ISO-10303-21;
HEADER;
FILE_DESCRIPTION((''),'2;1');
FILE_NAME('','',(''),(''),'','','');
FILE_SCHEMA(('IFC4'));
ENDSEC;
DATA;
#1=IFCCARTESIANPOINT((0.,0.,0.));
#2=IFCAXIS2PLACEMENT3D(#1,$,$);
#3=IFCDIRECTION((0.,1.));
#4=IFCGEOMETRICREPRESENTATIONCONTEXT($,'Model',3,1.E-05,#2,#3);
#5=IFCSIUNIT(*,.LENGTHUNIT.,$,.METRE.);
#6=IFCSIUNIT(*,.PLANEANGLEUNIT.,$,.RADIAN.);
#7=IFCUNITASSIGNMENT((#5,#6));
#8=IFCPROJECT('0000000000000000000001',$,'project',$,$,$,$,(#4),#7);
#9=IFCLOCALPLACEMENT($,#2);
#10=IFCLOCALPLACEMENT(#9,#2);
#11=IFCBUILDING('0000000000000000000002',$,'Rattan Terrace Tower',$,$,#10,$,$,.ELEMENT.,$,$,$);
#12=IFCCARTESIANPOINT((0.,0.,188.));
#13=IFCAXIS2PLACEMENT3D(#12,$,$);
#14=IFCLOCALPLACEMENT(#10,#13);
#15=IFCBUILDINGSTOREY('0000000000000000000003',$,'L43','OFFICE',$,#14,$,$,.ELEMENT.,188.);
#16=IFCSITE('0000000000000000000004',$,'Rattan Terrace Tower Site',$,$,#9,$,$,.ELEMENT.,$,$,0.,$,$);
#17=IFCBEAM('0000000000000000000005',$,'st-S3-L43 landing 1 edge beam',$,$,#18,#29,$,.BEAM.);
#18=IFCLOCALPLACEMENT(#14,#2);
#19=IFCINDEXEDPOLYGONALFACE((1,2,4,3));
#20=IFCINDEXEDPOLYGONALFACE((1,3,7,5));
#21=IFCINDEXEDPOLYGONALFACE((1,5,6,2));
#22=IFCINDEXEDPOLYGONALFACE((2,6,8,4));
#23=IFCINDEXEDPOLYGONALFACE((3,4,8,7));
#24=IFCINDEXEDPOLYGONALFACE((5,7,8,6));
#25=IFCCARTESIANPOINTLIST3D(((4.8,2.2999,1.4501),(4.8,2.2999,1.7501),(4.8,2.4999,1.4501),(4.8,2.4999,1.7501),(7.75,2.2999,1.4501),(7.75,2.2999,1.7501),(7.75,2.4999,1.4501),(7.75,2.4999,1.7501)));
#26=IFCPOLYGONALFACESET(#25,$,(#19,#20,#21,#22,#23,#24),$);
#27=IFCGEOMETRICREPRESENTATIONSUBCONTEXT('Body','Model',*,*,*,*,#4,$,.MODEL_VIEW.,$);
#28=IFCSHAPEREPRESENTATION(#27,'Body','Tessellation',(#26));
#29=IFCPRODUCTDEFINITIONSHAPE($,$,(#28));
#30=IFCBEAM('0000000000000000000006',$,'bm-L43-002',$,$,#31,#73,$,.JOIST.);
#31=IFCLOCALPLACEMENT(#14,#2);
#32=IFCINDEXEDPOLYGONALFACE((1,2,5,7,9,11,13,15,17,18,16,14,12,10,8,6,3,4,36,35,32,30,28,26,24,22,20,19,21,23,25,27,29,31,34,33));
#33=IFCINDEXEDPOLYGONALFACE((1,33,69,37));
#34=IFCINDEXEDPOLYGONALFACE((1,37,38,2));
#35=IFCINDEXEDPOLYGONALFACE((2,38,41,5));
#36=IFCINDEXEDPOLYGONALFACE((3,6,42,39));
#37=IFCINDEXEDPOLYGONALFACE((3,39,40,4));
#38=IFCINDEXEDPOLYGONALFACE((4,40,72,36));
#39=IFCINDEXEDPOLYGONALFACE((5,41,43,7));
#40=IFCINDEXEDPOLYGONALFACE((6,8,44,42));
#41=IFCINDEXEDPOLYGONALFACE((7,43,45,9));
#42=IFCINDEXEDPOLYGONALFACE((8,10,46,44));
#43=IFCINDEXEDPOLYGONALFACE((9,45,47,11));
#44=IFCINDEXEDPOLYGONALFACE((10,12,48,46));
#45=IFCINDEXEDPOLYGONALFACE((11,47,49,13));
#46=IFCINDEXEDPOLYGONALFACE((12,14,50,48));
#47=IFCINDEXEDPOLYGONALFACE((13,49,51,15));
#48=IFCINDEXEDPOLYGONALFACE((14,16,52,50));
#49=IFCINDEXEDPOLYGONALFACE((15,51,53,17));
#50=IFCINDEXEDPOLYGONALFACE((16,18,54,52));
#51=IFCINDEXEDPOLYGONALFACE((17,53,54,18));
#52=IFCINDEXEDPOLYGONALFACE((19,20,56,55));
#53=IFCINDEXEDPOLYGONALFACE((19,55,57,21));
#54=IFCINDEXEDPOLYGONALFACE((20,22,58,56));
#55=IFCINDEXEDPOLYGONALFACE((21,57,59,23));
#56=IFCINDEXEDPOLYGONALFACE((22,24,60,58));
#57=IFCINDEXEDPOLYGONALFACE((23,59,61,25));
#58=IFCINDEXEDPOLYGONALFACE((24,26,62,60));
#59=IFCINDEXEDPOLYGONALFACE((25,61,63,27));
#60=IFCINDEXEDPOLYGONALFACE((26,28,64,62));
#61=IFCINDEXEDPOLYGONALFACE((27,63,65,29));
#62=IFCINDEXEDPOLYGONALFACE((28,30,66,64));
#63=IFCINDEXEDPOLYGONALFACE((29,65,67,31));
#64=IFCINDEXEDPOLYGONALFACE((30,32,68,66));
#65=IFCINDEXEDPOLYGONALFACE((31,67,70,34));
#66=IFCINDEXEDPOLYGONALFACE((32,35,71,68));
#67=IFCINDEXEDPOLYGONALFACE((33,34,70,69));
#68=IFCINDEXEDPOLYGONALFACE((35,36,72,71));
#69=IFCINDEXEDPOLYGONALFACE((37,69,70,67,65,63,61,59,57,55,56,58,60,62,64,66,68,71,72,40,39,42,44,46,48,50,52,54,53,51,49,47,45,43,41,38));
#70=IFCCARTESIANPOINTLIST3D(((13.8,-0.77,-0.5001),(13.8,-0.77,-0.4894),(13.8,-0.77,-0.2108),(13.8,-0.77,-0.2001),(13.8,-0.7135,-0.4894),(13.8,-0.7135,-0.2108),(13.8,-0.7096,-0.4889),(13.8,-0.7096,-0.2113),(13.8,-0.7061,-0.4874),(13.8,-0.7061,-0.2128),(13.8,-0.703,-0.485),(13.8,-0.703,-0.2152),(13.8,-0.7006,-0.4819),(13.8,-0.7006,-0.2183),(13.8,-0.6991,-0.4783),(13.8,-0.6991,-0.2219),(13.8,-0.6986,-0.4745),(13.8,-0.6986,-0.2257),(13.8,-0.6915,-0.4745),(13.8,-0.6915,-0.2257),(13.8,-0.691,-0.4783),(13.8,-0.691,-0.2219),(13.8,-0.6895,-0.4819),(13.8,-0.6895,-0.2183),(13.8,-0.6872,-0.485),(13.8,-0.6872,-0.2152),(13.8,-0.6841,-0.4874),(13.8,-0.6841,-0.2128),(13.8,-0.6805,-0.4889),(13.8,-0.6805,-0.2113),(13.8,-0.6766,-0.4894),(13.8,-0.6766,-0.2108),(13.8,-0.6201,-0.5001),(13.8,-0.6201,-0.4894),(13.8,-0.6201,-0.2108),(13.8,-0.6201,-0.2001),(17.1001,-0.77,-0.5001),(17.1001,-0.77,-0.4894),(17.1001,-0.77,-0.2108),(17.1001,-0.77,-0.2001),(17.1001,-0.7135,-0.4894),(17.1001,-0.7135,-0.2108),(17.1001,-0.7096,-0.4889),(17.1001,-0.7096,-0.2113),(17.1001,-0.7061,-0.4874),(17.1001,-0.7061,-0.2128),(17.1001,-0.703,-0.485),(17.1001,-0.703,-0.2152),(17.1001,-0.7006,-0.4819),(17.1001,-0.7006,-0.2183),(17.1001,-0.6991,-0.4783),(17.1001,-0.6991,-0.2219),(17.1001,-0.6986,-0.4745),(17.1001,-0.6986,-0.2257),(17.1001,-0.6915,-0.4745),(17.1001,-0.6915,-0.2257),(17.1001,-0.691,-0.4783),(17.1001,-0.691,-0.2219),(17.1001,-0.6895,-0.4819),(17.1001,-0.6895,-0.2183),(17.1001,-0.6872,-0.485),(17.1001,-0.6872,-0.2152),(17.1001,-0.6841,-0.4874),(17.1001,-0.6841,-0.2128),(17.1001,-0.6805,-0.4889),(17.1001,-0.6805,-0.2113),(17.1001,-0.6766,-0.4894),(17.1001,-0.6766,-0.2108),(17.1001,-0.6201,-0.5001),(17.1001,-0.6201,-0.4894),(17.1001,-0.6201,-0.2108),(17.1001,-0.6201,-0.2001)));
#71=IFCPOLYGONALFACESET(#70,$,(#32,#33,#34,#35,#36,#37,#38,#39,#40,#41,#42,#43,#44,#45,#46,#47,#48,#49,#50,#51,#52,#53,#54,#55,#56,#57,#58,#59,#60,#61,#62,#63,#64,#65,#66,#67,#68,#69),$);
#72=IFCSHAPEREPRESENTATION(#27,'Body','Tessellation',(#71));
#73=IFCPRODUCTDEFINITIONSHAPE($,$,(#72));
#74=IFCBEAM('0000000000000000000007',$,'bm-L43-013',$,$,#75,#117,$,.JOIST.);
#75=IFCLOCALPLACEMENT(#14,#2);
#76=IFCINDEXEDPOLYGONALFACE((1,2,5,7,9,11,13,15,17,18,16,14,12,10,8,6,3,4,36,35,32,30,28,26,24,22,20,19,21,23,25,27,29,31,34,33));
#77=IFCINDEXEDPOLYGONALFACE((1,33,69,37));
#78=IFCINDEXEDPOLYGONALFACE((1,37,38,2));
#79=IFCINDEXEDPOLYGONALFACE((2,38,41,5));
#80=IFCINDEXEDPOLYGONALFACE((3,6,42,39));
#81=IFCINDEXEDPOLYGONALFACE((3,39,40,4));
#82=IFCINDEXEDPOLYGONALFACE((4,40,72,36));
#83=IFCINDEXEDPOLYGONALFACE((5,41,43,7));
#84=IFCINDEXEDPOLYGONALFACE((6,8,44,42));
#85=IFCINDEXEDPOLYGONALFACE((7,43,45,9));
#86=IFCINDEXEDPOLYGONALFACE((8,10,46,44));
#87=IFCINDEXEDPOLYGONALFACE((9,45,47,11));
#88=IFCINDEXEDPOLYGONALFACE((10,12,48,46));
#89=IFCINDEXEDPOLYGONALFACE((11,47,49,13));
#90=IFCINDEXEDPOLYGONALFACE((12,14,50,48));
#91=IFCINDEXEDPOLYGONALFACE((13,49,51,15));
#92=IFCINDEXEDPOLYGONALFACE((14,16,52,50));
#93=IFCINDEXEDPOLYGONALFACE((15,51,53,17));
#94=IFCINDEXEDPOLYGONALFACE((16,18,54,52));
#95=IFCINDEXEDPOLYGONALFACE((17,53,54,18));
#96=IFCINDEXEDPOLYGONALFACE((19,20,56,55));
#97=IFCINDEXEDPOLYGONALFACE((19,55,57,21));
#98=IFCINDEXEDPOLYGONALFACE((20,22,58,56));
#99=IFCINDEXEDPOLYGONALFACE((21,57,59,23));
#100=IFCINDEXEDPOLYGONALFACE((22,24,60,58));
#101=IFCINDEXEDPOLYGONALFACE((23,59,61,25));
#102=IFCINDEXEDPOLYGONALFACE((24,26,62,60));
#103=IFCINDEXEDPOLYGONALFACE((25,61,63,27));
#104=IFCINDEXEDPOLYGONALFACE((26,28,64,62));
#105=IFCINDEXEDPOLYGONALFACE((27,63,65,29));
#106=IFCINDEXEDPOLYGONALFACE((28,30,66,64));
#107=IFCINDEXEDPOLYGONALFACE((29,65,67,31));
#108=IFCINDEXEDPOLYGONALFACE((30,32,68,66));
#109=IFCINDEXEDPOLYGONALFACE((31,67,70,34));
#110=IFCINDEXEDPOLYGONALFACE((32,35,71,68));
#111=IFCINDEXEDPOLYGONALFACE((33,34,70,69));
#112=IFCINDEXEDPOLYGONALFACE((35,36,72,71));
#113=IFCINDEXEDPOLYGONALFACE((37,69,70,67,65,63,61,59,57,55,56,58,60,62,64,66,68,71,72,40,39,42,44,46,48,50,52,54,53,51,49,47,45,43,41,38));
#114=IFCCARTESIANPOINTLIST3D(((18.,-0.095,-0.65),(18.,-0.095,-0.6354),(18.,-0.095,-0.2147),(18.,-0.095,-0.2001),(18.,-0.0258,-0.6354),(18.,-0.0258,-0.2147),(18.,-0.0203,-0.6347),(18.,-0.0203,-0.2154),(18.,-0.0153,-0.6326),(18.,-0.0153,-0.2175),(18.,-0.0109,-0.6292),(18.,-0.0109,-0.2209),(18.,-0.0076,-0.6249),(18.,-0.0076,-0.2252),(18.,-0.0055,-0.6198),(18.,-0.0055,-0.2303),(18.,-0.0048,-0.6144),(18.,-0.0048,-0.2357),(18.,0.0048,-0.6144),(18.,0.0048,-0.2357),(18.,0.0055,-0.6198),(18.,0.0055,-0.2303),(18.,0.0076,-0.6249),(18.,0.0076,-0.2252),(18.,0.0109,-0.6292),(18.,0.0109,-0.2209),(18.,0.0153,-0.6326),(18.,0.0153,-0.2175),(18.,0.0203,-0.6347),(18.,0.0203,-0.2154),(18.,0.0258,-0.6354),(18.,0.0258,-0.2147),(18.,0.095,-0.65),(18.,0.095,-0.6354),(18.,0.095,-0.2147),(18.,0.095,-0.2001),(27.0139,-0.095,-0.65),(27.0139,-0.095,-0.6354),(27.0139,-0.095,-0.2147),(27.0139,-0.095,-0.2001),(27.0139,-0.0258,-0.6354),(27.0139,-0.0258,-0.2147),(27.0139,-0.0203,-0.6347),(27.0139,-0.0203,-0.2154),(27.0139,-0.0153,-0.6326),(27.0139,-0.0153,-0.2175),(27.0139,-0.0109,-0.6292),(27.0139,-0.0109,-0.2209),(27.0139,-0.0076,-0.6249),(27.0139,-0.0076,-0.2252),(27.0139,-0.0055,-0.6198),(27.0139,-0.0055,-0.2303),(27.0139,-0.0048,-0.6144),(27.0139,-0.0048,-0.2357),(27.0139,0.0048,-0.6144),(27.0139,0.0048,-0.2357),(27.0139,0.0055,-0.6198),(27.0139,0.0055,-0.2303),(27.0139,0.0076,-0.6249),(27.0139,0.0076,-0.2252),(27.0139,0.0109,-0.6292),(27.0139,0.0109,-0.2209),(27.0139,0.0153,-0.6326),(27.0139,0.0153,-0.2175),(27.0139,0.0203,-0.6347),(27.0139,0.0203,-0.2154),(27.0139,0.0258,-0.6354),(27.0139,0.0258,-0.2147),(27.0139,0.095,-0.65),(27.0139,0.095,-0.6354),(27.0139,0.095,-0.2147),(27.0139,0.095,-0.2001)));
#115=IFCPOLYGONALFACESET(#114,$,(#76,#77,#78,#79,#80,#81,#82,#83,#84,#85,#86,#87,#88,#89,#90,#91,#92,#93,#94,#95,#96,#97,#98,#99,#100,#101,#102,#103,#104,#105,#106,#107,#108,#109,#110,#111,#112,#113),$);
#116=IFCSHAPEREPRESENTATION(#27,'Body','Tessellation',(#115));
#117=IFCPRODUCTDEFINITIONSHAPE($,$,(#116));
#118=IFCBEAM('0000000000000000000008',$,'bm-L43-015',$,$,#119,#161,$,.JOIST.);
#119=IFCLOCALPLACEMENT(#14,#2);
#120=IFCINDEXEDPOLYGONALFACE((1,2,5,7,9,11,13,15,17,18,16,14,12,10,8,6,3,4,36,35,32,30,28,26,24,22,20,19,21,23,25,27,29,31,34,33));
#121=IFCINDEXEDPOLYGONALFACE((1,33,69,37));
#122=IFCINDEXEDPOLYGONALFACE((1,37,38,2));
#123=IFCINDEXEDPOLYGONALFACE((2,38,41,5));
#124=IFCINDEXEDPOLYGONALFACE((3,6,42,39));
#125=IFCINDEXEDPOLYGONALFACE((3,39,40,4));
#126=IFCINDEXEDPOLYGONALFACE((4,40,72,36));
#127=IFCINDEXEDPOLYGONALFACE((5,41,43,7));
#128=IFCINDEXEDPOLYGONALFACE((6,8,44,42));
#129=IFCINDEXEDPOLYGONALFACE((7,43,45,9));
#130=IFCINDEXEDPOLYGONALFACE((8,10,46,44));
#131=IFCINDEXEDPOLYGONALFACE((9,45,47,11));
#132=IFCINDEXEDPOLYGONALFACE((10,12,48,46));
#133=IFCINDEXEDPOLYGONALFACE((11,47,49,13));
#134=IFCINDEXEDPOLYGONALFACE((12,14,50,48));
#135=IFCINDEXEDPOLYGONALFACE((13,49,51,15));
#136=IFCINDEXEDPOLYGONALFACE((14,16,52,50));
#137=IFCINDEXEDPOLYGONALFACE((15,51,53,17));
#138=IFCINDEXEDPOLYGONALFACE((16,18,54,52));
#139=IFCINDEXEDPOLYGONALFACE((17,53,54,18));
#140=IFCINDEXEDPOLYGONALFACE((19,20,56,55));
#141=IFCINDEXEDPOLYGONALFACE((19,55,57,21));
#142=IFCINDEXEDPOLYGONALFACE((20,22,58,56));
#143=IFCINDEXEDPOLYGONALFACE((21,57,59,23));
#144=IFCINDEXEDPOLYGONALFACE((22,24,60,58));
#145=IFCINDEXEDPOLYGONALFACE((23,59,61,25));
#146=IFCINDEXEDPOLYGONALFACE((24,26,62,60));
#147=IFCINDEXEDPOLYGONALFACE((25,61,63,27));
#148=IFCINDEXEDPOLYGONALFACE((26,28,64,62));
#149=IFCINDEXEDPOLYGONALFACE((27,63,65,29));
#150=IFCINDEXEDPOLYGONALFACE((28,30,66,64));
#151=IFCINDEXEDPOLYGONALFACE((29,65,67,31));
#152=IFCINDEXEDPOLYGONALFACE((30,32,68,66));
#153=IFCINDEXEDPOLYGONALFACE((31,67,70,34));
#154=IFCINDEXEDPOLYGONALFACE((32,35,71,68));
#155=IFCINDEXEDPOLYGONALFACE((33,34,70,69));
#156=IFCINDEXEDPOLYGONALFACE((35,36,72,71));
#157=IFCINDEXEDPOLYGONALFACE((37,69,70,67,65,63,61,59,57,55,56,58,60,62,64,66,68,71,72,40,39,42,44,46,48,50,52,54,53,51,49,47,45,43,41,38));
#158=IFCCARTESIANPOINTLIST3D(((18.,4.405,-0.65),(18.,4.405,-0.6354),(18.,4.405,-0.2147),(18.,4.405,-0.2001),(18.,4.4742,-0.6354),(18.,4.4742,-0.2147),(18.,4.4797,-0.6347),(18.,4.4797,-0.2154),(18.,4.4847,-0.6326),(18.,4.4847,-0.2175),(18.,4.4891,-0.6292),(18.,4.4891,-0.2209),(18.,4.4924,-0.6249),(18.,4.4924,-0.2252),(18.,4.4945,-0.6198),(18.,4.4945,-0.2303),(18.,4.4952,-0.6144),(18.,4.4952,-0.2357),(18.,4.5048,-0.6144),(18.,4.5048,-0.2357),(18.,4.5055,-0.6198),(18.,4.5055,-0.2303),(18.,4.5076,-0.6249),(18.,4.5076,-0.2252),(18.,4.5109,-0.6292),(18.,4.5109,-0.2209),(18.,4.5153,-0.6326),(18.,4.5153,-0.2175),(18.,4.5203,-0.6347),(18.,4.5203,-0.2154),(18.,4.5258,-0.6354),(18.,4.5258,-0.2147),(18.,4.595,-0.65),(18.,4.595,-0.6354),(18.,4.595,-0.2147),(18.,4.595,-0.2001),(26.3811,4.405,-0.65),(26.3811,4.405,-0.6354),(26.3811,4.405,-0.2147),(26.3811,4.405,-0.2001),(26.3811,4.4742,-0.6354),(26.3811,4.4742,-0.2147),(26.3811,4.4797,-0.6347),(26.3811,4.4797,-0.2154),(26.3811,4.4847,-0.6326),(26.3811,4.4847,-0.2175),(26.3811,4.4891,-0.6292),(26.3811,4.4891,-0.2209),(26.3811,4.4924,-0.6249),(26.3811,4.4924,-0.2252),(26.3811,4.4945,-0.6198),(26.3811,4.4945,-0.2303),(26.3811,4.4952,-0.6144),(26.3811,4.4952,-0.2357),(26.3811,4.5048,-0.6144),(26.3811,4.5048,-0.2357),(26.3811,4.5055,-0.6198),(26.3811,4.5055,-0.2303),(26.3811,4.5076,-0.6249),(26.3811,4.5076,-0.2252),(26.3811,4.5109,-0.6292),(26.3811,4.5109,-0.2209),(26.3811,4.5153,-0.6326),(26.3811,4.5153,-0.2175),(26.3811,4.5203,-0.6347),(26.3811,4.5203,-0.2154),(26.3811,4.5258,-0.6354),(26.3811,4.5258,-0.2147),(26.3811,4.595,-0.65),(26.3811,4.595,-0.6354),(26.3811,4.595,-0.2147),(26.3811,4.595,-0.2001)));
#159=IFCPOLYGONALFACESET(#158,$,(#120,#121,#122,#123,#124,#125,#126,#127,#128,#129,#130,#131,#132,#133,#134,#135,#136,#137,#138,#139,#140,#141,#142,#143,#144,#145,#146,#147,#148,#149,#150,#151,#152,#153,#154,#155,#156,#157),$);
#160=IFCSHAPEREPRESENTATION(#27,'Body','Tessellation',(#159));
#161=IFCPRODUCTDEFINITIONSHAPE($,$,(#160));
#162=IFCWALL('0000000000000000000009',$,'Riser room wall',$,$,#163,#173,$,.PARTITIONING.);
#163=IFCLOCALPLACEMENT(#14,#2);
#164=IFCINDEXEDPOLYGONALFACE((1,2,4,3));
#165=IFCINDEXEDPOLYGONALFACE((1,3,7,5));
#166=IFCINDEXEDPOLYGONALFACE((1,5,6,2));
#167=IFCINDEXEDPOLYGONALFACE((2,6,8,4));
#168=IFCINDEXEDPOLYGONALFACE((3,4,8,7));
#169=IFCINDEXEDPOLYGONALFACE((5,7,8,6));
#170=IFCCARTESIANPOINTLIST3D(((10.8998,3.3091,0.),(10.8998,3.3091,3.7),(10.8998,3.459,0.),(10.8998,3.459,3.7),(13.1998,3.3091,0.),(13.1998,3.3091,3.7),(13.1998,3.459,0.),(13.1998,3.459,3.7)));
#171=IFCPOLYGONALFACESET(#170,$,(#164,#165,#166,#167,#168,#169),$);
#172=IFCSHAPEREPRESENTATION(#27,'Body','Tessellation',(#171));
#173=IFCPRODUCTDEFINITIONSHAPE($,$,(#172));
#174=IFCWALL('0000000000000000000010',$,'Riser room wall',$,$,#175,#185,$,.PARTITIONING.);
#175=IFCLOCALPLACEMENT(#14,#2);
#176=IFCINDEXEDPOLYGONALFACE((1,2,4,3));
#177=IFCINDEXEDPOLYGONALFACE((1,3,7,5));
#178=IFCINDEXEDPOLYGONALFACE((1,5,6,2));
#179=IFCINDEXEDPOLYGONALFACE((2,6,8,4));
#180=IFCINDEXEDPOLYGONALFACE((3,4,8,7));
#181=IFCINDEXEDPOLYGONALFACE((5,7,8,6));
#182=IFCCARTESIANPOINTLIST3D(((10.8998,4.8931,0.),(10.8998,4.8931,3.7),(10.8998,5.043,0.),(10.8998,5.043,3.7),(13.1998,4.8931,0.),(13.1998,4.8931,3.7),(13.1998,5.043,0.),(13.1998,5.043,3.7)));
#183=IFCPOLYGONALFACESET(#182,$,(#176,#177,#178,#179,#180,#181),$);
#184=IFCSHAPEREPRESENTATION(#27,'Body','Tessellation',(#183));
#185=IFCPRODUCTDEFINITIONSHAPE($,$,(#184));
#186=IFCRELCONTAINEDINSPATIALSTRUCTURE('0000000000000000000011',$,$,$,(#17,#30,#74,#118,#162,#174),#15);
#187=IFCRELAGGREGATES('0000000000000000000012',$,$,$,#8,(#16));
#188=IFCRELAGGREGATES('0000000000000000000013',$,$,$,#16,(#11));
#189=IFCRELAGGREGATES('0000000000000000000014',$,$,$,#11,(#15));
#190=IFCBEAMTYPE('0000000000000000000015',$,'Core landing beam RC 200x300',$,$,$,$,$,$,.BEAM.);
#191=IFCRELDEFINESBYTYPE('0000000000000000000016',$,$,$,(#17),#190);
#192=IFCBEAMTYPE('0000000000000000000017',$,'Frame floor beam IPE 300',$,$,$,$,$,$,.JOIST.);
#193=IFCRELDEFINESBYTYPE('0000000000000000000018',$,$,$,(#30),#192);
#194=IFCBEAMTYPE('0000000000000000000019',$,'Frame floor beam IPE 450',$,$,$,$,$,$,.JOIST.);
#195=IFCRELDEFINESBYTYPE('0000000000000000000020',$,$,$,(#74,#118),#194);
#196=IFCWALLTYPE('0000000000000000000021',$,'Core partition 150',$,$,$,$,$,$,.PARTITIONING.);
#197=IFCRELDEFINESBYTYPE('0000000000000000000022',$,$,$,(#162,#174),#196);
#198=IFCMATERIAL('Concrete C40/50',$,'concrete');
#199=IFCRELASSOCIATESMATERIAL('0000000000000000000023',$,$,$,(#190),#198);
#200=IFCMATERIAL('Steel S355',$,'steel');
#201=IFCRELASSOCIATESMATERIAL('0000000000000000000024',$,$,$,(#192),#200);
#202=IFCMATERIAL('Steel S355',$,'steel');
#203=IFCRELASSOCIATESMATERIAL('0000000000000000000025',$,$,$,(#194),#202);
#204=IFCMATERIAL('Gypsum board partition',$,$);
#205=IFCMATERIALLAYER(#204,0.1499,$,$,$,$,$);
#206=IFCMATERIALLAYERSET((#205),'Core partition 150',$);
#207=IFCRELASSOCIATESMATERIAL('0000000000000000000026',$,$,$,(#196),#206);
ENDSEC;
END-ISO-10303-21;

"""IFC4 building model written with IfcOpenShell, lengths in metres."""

from ifc_helpers import new_model, si_unit, direction, frame, frame_2d, origin, origin_2d, place, context, subcontext, project, spatial, rectangle, i_section, extrude, material, layer, layer_set, material_profile, profile_set, type_object, element, save


model = new_model("IFC4")

# Units and contexts
model_context = context("Model", 3, precision=1e-05, world=origin(), true_north=direction((0.0, 1.0)))
body_context = subcontext(model_context, "Body", "Model", "MODEL_VIEW")
ifc_project = project(units=[si_unit("LENGTHUNIT", "METRE"), si_unit("PLANEANGLEUNIT", "RADIAN")], contexts=[model_context])

# Site, building, storey
site_placement = place(None, origin())
site = spatial("IfcSite", under=ifc_project, at=site_placement, Name="Rattan Terrace Tower Site", CompositionType="ELEMENT", RefElevation=0.0)
building_placement = place(site_placement, origin())
building = spatial("IfcBuilding", under=site, at=building_placement, Name="Rattan Terrace Tower", CompositionType="ELEMENT")
storey_placement = place(building_placement, frame((0.0, 0.0, 188.0)))
storey = spatial("IfcBuildingStorey", under=building, at=storey_placement, Name="L43", Description="OFFICE", CompositionType="ELEMENT", Elevation=188.0)

# Beams
ifc_material_1 = material(Name="Concrete C40/50", Category="concrete")
ifc_material_profile_1 = material_profile(ifc_material_1, rectangle(XDim=0.2, YDim=0.3, at=origin_2d()), Name="RC 200x300")
ifc_profile_set_1 = profile_set([ifc_material_profile_1], Name="Concrete C40/50")
beam_type_1 = type_object("IfcBeamType", Name="Core landing beam RC 200x300", PredefinedType="BEAM", material=ifc_profile_set_1)
beam_1_placement = place(storey_placement, frame((4.8, 2.3999, 1.6001), z_axis=(1.0, 0.0, 0.0), x_axis=(0.0, 1.0, 0.0)))
element("IfcBeam", 1, at=beam_1_placement, inside=storey, type_object=beam_type_1, Name="st-S3-L43 landing 1 edge beam", PredefinedType="BEAM", context=body_context, shape_type="SweptSolid", body=[
    extrude(rectangle(XDim=0.2, YDim=0.3, at=origin_2d()), origin(), (0.0, 0.0, 1.0), 2.95),
])
ifc_material_2 = material(Name="Steel S355", Category="steel")
ifc_material_profile_2 = material_profile(ifc_material_2, i_section(OverallWidth=0.1499, OverallDepth=0.3, WebThickness=0.0071, FlangeThickness=0.0107, FilletRadius=0.0149, at=origin_2d()), Name="IPE 300")
ifc_profile_set_2 = profile_set([ifc_material_profile_2], Name="Steel S355")
beam_type_2 = type_object("IfcBeamType", Name="Frame floor beam IPE 300", PredefinedType="JOIST", material=ifc_profile_set_2)
beam_2_placement = place(storey_placement, frame((13.8, -0.6951, -0.3501), z_axis=(1.0, 0.0, 0.0), x_axis=(0.0, 1.0, 0.0)))
element("IfcBeam", 2, at=beam_2_placement, inside=storey, type_object=beam_type_2, Name="bm-L43-002", PredefinedType="JOIST", context=body_context, shape_type="SweptSolid", body=[
    extrude(i_section(OverallWidth=0.1499, OverallDepth=0.3, WebThickness=0.0071, FlangeThickness=0.0107, FilletRadius=0.0149, at=origin_2d()), origin(), (0.0, 0.0, 1.0), 3.3),
])
ifc_material_3 = material(Name="Steel S355", Category="steel")
ifc_material_profile_3 = material_profile(ifc_material_3, i_section(OverallWidth=0.1899, OverallDepth=0.45, WebThickness=0.0095, FlangeThickness=0.0146, FilletRadius=0.021, at=origin_2d()), Name="IPE 450")
ifc_profile_set_3 = profile_set([ifc_material_profile_3], Name="Steel S355")
beam_type_3 = type_object("IfcBeamType", Name="Frame floor beam IPE 450", PredefinedType="JOIST", material=ifc_profile_set_3)
beam_3_placement = place(storey_placement, frame((18.0, 0.0, -0.425), z_axis=(1.0, 0.0, 0.0), x_axis=(0.0, 1.0, 0.0)))
element("IfcBeam", 3, at=beam_3_placement, inside=storey, type_object=beam_type_3, Name="bm-L43-013", PredefinedType="JOIST", context=body_context, shape_type="SweptSolid", body=[
    extrude(i_section(OverallWidth=0.1899, OverallDepth=0.45, WebThickness=0.0095, FlangeThickness=0.0146, FilletRadius=0.021, at=origin_2d()), origin(), (0.0, 0.0, 1.0), 9.0139),
])
beam_4_placement = place(storey_placement, frame((18.0, 4.5, -0.425), z_axis=(1.0, 0.0, 0.0), x_axis=(0.0, 1.0, 0.0)))
element("IfcBeam", 4, at=beam_4_placement, inside=storey, type_object=beam_type_3, Name="bm-L43-015", PredefinedType="JOIST", context=body_context, shape_type="SweptSolid", body=[
    extrude(i_section(OverallWidth=0.1899, OverallDepth=0.45, WebThickness=0.0095, FlangeThickness=0.0146, FilletRadius=0.021, at=origin_2d()), origin(), (0.0, 0.0, 1.0), 8.3811),
])

# Walls
ifc_material_4 = material(Name="Gypsum board partition")
ifc_layer_1 = layer(ifc_material_4, 0.1499)
ifc_layer_set_1 = layer_set([ifc_layer_1], Name="Core partition 150")
wall_type_1 = type_object("IfcWallType", Name="Core partition 150", PredefinedType="PARTITIONING", material=ifc_layer_set_1)
for number, where, z_axis, x_axis, name in (
    (5, (10.8999, 3.384, 0.0), (0.0, 0.0, 1.0), (1.0, 0.0, 0.0), "Riser room wall"),
    (6, (10.8999, 4.968, 0.0), (0.0, 0.0, 1.0), (1.0, 0.0, 0.0), "Riser room wall"),
):
    element("IfcWall", number, at=place(storey_placement, frame(where, z_axis=z_axis, x_axis=x_axis)), inside=storey, type_object=wall_type_1, Name=name, PredefinedType="PARTITIONING", context=body_context, shape_type="SweptSolid", body=[
        extrude(rectangle(XDim=2.3, YDim=0.1499, at=frame_2d((1.1499, 0.0))), origin(), (0.0, 0.0, 1.0), 3.7),
    ])

save(model, "model.ifc")
